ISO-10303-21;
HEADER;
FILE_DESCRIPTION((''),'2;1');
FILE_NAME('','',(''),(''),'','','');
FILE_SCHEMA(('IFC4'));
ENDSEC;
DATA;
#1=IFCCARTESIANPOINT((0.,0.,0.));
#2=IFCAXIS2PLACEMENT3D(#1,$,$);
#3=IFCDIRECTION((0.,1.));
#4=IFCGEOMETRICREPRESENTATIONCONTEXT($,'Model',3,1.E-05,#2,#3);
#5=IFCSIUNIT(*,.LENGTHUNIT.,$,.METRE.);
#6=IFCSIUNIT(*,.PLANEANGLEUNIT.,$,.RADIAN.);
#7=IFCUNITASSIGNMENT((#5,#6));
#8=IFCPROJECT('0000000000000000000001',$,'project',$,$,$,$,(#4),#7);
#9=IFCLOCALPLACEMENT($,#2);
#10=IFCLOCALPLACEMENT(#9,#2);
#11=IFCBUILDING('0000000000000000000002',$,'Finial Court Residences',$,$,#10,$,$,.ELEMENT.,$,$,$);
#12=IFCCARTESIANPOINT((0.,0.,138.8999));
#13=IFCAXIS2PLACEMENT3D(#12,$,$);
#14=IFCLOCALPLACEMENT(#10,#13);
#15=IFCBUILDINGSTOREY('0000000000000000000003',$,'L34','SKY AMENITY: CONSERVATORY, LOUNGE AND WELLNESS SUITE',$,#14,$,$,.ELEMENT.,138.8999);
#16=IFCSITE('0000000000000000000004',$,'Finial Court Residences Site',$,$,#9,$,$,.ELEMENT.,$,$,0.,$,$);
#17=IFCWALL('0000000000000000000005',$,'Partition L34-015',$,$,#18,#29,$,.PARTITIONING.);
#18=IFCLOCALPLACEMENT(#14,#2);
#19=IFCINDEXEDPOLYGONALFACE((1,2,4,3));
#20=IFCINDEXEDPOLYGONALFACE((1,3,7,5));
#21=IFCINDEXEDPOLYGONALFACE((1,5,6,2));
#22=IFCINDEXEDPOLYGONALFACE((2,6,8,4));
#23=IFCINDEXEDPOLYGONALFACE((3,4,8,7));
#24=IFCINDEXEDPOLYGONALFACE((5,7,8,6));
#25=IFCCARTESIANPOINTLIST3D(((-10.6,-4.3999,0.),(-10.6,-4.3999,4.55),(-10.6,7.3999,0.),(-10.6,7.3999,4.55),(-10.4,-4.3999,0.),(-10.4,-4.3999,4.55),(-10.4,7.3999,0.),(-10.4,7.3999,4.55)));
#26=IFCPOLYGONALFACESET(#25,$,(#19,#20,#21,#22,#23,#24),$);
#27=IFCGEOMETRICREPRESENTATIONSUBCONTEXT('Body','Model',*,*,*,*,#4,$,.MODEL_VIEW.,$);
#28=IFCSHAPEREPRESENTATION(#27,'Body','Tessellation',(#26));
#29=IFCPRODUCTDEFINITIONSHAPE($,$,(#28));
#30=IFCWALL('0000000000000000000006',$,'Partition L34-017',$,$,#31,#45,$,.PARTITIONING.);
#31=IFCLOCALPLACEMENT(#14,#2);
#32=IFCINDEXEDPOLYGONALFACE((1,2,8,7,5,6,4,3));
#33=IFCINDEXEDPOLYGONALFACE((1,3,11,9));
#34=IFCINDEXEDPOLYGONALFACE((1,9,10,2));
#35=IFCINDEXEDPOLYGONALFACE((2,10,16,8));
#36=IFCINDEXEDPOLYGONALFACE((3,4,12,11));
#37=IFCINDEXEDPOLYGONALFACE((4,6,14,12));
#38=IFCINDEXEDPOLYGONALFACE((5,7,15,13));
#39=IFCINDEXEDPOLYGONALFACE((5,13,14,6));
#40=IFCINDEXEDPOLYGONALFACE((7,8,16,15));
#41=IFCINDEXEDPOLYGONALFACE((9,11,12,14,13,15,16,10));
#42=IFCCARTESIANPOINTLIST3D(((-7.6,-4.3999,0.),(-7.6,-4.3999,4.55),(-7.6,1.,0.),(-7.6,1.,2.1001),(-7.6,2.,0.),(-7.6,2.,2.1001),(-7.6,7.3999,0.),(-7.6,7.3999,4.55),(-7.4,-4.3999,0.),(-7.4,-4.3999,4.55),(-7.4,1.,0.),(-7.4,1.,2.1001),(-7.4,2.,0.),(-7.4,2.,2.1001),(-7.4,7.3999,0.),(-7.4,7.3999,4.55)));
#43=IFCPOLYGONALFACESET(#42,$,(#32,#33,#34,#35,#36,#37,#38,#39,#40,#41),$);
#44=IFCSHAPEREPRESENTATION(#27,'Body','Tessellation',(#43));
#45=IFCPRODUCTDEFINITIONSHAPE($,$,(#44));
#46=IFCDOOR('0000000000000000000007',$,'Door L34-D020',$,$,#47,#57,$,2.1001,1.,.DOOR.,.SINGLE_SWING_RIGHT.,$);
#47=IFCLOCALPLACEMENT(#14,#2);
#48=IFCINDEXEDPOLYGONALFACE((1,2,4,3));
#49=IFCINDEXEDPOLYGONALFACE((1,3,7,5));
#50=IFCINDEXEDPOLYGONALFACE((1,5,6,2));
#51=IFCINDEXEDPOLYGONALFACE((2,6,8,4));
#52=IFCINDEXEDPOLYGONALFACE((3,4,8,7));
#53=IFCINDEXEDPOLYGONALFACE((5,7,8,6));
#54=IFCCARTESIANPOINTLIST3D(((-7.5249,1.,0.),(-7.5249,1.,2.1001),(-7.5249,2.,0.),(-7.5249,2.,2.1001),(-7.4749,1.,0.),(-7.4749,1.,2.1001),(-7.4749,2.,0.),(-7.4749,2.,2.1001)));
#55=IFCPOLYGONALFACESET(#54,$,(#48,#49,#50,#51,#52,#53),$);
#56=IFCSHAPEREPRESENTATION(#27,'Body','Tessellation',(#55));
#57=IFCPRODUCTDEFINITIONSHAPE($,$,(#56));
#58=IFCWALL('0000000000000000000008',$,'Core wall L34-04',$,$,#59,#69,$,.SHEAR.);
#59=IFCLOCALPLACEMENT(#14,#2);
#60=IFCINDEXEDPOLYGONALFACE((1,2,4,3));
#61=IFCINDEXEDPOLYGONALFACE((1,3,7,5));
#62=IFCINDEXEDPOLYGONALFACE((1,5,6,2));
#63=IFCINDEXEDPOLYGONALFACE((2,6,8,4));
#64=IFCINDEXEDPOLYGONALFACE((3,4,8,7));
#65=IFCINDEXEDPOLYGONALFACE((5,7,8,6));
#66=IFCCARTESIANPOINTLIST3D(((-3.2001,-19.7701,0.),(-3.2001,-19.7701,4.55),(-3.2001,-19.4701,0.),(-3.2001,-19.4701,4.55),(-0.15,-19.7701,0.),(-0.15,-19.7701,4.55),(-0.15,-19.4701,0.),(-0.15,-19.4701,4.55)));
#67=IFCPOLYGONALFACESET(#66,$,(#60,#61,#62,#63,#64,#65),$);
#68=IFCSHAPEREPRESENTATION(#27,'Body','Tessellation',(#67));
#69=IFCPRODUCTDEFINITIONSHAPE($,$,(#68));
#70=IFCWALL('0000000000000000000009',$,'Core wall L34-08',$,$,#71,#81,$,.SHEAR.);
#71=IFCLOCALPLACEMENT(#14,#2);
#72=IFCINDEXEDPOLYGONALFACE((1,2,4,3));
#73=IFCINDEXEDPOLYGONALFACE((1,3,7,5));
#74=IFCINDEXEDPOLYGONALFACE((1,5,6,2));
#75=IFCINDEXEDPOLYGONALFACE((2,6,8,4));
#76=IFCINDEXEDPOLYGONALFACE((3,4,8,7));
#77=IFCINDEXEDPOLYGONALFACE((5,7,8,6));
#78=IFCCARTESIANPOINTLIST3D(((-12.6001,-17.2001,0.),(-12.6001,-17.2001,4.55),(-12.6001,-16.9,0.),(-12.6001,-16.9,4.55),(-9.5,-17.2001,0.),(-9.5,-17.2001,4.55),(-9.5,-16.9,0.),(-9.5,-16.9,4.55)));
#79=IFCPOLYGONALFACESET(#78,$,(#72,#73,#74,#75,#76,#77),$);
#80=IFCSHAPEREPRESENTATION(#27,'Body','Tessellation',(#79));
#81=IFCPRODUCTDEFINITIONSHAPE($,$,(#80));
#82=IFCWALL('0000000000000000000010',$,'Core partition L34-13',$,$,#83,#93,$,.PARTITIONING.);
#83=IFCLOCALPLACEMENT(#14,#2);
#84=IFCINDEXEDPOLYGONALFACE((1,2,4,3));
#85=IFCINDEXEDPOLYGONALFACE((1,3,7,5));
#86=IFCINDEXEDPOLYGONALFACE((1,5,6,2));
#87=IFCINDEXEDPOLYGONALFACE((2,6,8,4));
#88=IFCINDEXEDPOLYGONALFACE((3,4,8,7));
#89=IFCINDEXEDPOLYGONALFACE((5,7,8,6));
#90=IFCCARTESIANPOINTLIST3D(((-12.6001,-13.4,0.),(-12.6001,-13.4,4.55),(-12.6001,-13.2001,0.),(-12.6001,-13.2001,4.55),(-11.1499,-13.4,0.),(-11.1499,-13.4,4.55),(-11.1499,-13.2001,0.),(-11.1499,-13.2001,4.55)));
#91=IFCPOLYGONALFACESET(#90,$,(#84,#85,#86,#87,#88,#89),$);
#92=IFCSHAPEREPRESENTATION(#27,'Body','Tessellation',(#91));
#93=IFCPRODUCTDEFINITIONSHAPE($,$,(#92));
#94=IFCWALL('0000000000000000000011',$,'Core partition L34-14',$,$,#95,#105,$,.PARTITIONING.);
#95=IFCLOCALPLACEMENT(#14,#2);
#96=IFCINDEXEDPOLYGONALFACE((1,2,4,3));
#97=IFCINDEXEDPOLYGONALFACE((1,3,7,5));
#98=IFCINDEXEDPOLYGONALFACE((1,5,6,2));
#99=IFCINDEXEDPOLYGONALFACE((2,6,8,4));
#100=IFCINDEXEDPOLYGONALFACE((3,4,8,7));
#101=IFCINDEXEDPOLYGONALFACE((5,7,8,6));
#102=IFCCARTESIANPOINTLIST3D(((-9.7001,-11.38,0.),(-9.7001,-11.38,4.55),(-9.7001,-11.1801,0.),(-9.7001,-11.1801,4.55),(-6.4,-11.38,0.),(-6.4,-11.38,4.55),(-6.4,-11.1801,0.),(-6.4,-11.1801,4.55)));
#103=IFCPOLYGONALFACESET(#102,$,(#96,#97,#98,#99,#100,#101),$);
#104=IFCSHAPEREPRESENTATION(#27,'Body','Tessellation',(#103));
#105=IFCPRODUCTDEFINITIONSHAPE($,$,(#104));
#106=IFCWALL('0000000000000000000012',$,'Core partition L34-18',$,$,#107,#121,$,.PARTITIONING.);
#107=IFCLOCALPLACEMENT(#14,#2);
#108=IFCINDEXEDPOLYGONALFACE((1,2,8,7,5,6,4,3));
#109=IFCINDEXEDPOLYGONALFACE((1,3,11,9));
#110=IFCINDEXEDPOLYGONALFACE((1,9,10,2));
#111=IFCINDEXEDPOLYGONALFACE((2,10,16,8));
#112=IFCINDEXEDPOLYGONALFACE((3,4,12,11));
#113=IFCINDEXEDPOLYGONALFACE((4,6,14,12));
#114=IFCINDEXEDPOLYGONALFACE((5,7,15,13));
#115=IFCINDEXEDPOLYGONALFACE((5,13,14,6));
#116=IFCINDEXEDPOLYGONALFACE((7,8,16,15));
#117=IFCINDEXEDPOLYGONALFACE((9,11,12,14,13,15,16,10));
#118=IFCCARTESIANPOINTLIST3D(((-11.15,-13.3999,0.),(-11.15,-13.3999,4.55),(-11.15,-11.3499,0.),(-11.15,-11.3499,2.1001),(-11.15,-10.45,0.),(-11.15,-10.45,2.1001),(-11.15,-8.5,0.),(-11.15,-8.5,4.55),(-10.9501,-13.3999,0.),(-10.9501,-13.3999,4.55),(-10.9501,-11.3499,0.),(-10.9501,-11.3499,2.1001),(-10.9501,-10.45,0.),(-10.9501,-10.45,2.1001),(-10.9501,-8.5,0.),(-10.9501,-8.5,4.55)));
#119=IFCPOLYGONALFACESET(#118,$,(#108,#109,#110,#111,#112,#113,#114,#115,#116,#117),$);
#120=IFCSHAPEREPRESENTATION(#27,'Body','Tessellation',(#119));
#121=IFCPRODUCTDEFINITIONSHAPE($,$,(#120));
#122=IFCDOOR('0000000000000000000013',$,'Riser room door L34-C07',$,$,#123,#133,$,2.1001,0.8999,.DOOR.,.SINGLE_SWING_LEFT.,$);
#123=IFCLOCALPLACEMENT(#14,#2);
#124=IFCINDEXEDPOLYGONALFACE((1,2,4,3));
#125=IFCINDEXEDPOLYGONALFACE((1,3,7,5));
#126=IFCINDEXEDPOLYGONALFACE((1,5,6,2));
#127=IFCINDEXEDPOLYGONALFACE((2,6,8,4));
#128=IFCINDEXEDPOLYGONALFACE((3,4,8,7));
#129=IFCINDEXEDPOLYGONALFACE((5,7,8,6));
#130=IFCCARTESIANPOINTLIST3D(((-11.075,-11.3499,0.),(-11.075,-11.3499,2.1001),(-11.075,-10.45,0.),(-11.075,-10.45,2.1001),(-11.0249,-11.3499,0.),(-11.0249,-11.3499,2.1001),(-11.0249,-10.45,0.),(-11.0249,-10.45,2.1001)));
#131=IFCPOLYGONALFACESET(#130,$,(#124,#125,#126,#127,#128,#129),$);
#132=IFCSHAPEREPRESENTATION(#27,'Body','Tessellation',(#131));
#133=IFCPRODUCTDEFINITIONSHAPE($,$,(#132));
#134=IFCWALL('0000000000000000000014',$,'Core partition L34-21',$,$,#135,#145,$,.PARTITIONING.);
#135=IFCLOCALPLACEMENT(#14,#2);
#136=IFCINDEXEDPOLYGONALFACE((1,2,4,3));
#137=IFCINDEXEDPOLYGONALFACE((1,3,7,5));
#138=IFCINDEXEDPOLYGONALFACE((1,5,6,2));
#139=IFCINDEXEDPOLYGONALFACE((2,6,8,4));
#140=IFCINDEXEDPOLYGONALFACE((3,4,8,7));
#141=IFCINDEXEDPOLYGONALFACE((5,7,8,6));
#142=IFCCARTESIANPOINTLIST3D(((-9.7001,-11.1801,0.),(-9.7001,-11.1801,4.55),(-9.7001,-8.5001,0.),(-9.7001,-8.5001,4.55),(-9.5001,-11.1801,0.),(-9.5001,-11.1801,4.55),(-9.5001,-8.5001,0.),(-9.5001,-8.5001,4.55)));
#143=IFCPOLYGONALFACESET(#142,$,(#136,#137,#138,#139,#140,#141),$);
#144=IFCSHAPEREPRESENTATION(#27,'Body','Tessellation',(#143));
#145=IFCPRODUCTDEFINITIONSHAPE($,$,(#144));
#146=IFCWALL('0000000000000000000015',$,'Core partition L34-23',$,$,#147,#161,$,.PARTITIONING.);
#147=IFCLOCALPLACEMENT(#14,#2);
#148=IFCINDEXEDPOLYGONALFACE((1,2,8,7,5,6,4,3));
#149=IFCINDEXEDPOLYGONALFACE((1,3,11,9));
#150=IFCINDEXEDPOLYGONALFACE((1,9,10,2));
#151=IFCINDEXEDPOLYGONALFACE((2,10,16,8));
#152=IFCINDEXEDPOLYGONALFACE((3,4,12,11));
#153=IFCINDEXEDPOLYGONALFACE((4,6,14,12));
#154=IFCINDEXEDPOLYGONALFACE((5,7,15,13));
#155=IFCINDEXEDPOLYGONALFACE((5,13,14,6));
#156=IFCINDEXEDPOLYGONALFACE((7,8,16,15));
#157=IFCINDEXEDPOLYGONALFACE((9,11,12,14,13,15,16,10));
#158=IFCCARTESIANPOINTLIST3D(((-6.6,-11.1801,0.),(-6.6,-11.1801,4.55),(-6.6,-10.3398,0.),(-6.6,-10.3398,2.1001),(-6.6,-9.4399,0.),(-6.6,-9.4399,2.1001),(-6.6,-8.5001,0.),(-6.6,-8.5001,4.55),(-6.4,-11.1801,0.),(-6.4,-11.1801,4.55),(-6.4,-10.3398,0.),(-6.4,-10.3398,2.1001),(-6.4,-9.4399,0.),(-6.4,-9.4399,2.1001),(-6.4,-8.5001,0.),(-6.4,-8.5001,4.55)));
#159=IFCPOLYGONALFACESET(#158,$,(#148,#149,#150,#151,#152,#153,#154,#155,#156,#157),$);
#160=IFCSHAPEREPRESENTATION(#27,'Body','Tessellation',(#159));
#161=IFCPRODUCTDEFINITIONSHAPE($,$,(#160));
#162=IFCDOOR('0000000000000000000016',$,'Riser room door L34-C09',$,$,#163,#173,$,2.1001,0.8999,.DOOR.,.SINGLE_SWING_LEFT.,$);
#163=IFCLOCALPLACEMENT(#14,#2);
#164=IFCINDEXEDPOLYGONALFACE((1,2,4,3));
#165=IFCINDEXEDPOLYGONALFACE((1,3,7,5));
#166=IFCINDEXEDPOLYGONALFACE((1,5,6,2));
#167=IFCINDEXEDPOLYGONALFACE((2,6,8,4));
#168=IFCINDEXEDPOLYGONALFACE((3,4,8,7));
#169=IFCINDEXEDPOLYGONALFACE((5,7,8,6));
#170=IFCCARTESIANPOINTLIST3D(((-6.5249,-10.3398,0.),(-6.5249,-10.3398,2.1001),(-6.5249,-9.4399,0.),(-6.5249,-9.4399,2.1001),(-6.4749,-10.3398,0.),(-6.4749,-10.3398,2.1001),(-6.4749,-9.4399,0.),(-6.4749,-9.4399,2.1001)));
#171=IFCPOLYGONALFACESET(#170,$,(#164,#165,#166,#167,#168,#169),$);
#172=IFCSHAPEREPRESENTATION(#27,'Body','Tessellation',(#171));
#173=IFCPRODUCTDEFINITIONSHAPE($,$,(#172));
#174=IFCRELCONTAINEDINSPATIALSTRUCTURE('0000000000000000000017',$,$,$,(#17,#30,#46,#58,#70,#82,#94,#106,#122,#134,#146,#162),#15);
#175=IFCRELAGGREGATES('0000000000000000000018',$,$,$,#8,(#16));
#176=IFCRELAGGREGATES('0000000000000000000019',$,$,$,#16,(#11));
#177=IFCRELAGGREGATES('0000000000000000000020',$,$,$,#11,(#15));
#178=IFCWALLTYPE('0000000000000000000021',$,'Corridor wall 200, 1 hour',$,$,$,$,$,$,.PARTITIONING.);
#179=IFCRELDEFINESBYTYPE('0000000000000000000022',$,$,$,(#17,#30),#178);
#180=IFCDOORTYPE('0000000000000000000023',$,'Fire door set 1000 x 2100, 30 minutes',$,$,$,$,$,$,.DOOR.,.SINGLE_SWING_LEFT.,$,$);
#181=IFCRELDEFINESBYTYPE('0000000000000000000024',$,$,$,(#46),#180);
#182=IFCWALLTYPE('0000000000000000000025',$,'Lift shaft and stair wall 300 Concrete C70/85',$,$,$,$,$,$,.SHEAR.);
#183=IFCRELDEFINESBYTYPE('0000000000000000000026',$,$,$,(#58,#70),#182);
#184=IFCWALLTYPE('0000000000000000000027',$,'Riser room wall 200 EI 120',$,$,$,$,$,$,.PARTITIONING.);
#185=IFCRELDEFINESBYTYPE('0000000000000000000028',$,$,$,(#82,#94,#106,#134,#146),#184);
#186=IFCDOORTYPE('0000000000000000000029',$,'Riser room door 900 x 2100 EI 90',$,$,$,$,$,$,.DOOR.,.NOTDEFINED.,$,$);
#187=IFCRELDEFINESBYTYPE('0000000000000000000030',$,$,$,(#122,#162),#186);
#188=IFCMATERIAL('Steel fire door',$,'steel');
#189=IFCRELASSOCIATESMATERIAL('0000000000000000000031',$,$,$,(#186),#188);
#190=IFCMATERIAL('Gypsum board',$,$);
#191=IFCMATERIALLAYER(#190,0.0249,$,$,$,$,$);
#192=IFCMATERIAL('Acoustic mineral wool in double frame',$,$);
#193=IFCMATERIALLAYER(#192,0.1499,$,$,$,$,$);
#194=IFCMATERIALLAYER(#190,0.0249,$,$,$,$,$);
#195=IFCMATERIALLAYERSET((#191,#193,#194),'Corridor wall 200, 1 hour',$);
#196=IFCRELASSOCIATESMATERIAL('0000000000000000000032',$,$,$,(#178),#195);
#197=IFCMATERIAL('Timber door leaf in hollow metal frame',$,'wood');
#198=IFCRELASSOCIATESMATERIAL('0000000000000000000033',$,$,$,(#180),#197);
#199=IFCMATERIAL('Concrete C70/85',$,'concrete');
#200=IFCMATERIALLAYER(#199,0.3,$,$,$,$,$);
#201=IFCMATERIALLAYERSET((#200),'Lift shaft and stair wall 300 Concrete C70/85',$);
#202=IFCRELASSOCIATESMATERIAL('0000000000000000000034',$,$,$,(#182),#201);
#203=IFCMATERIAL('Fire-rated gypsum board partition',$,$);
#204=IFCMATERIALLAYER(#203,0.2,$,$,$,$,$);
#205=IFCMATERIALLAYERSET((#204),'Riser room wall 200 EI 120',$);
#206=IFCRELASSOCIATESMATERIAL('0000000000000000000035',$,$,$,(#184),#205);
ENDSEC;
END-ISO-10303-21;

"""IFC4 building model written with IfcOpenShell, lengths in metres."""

from ifc_helpers import new_model, si_unit, direction, frame, frame_2d, origin, place, context, subcontext, project, spatial, rectangle, extrude, material, layer, layer_set, type_object, element, fill, save


model = new_model("IFC4")

# Units and contexts
model_context = context("Model", 3, precision=1e-05, world=origin(), true_north=direction((0.0, 1.0)))
body_context = subcontext(model_context, "Body", "Model", "MODEL_VIEW")
ifc_project = project(units=[si_unit("LENGTHUNIT", "METRE"), si_unit("PLANEANGLEUNIT", "RADIAN")], contexts=[model_context])

# Site, building, storey
site_placement = place(None, origin())
site = spatial("IfcSite", under=ifc_project, at=site_placement, Name="Finial Court Residences Site", CompositionType="ELEMENT", RefElevation=0.0)
building_placement = place(site_placement, origin())
building = spatial("IfcBuilding", under=site, at=building_placement, Name="Finial Court Residences", CompositionType="ELEMENT")
storey_placement = place(building_placement, frame((0.0, 0.0, 138.8999)))
storey = spatial("IfcBuildingStorey", under=building, at=storey_placement, Name="L34", Description="SKY AMENITY: CONSERVATORY, LOUNGE AND WELLNESS SUITE", CompositionType="ELEMENT", Elevation=138.8999)

# Shared definitions
ifc_material_1 = material(Name="Concrete C70/85", Category="concrete")

# Shared definitions
ifc_material_2 = material(Name="Steel fire door", Category="steel")
door_type_1 = type_object("IfcDoorType", Name="Riser room door 900 x 2100 EI 90", OperationType="NOTDEFINED", PredefinedType="DOOR", material=ifc_material_2)

# Shared definitions
ifc_material_3 = material(Name="Fire-rated gypsum board partition")

# Shared definitions
ifc_material_4 = material(Name="Gypsum board")
ifc_layer_1 = layer(ifc_material_4, 0.0249)
ifc_material_5 = material(Name="Acoustic mineral wool in double frame")
ifc_layer_2 = layer(ifc_material_5, 0.1499)
ifc_layer_3 = layer(ifc_material_4, 0.0249)
ifc_layer_set_1 = layer_set([ifc_layer_1, ifc_layer_2, ifc_layer_3], Name="Corridor wall 200, 1 hour")
wall_type_1 = type_object("IfcWallType", Name="Corridor wall 200, 1 hour", PredefinedType="PARTITIONING", material=ifc_layer_set_1)
ifc_material_6 = material(Name="Timber door leaf in hollow metal frame", Category="wood")

# Wall
wall_1_placement = place(storey_placement, frame((-10.5, -4.3999, 0.0), z_axis=(0.0, 0.0, 1.0), x_axis=(0.0, 1.0, 0.0)))
element("IfcWall", 1, at=wall_1_placement, inside=storey, type_object=wall_type_1, Name="Partition L34-015", PredefinedType="PARTITIONING", context=body_context, shape_type="SweptSolid", body=[
    extrude(rectangle(XDim=11.7998, YDim=0.2, at=frame_2d((5.8999, 0.0))), origin(), (0.0, 0.0, 1.0), 4.55),
])

# Wall, opening, door
wall_2_placement = place(storey_placement, frame((-7.5, -4.3999, 0.0), z_axis=(0.0, 0.0, 1.0), x_axis=(0.0, 1.0, 0.0)))
wall_2 = element("IfcWall", 2, at=wall_2_placement, inside=storey, type_object=wall_type_1, Name="Partition L34-017", PredefinedType="PARTITIONING", context=body_context, shape_type="SweptSolid", body=[
    extrude(rectangle(XDim=11.7998, YDim=0.2, at=frame_2d((5.8999, 0.0))), origin(), (0.0, 0.0, 1.0), 4.55),
])
opening_1_placement = place(wall_2_placement, frame((5.3999, 0.0, 0.0)))
opening_1 = element("IfcOpeningElement", 3, at=opening_1_placement, cuts=wall_2, PredefinedType="OPENING", context=body_context, shape_type="SweptSolid", body=[
    extrude(rectangle(XDim=1.0, YDim=2.1001, at=frame_2d((0.5, 1.05))), frame((0.0, 0.1099, 0.0), z_axis=(0.0, -1.0, 0.0), x_axis=(1.0, 0.0, 0.0)), (0.0, 0.0, 1.0), 0.22),
])
door_type_2 = type_object("IfcDoorType", Name="Fire door set 1000 x 2100, 30 minutes", OperationType="SINGLE_SWING_LEFT", PredefinedType="DOOR", material=ifc_material_6)
door_1_placement = place(opening_1_placement, origin())
door_1 = element("IfcDoor", 4, at=door_1_placement, inside=storey, type_object=door_type_2, Name="Door L34-D020", OperationType="SINGLE_SWING_RIGHT", OverallHeight=2.1001, OverallWidth=1.0, PredefinedType="DOOR", context=body_context, shape_type="SweptSolid", body=[
    extrude(rectangle(XDim=1.0, YDim=2.1001, at=frame_2d((0.5, 1.05))), frame((0.0, 0.0249, 0.0), z_axis=(0.0, -1.0, 0.0), x_axis=(1.0, 0.0, 0.0)), (0.0, 0.0, 1.0), 0.05),
])
fill(opening_1, door_1)

# Walls
ifc_layer_4 = layer(ifc_material_1, 0.3)
ifc_layer_set_2 = layer_set([ifc_layer_4], Name="Lift shaft and stair wall 300 Concrete C70/85")
wall_type_2 = type_object("IfcWallType", Name="Lift shaft and stair wall 300 Concrete C70/85", PredefinedType="SHEAR", material=ifc_layer_set_2)
wall_3_placement = place(storey_placement, frame((-3.2, -19.6201, 0.0), z_axis=(0.0, 0.0, 1.0), x_axis=(1.0, 0.0, 0.0)))
element("IfcWall", 5, at=wall_3_placement, inside=storey, type_object=wall_type_2, Name="Core wall L34-04", PredefinedType="SHEAR", context=body_context, shape_type="SweptSolid", body=[
    extrude(rectangle(XDim=3.05, YDim=0.3, at=frame_2d((1.5249, 0.0))), origin(), (0.0, 0.0, 1.0), 4.55),
])
wall_4_placement = place(storey_placement, frame((-12.6001, -17.05, 0.0), z_axis=(0.0, 0.0, 1.0), x_axis=(1.0, 0.0, 0.0)))
element("IfcWall", 6, at=wall_4_placement, inside=storey, type_object=wall_type_2, Name="Core wall L34-08", PredefinedType="SHEAR", context=body_context, shape_type="SweptSolid", body=[
    extrude(rectangle(XDim=3.1001, YDim=0.3, at=frame_2d((1.55, 0.0))), origin(), (0.0, 0.0, 1.0), 4.55),
])
ifc_layer_5 = layer(ifc_material_3, 0.2)
ifc_layer_set_3 = layer_set([ifc_layer_5], Name="Riser room wall 200 EI 120")
wall_type_3 = type_object("IfcWallType", Name="Riser room wall 200 EI 120", PredefinedType="PARTITIONING", material=ifc_layer_set_3)
wall_5_placement = place(storey_placement, frame((-12.6001, -13.3, 0.0), z_axis=(0.0, 0.0, 1.0), x_axis=(1.0, 0.0, 0.0)))
element("IfcWall", 7, at=wall_5_placement, inside=storey, type_object=wall_type_3, Name="Core partition L34-13", PredefinedType="PARTITIONING", context=body_context, shape_type="SweptSolid", body=[
    extrude(rectangle(XDim=1.4502, YDim=0.2, at=frame_2d((0.7251, 0.0))), origin(), (0.0, 0.0, 1.0), 4.55),
])
wall_6_placement = place(storey_placement, frame((-9.7, -11.28, 0.0), z_axis=(0.0, 0.0, 1.0), x_axis=(1.0, 0.0, 0.0)))
element("IfcWall", 8, at=wall_6_placement, inside=storey, type_object=wall_type_3, Name="Core partition L34-14", PredefinedType="PARTITIONING", context=body_context, shape_type="SweptSolid", body=[
    extrude(rectangle(XDim=3.3, YDim=0.2, at=frame_2d((1.6499, 0.0))), origin(), (0.0, 0.0, 1.0), 4.55),
])

# Wall, opening, door
wall_7_placement = place(storey_placement, frame((-11.05, -13.3999, 0.0), z_axis=(0.0, 0.0, 1.0), x_axis=(0.0, 1.0, 0.0)))
wall_7 = element("IfcWall", 9, at=wall_7_placement, inside=storey, type_object=wall_type_3, Name="Core partition L34-18", PredefinedType="PARTITIONING", context=body_context, shape_type="SweptSolid", body=[
    extrude(rectangle(XDim=4.8999, YDim=0.2, at=frame_2d((2.45, 0.0))), origin(), (0.0, 0.0, 1.0), 4.55),
])
opening_2_placement = place(wall_7_placement, frame((2.05, 0.0, 0.0)))
opening_2 = element("IfcOpeningElement", 10, at=opening_2_placement, cuts=wall_7, PredefinedType="OPENING", context=body_context, shape_type="SweptSolid", body=[
    extrude(rectangle(XDim=0.8999, YDim=2.1001, at=frame_2d((0.45, 1.05))), frame((0.0, 0.1099, 0.0), z_axis=(0.0, -1.0, 0.0), x_axis=(1.0, 0.0, 0.0)), (0.0, 0.0, 1.0), 0.22),
])
door_2_placement = place(opening_2_placement, origin())
door_2 = element("IfcDoor", 11, at=door_2_placement, inside=storey, type_object=door_type_1, Name="Riser room door L34-C07", OperationType="SINGLE_SWING_LEFT", OverallHeight=2.1001, OverallWidth=0.8999, PredefinedType="DOOR", context=body_context, shape_type="SweptSolid", body=[
    extrude(rectangle(XDim=0.8999, YDim=2.1001, at=frame_2d((0.45, 1.05))), frame((0.0, 0.0249, 0.0), z_axis=(0.0, -1.0, 0.0), x_axis=(1.0, 0.0, 0.0)), (0.0, 0.0, 1.0), 0.05),
])
fill(opening_2, door_2)

# Wall
wall_8_placement = place(storey_placement, frame((-9.6001, -11.1799, 0.0), z_axis=(0.0, 0.0, 1.0), x_axis=(0.0, 1.0, 0.0)))
element("IfcWall", 12, at=wall_8_placement, inside=storey, type_object=wall_type_3, Name="Core partition L34-21", PredefinedType="PARTITIONING", context=body_context, shape_type="SweptSolid", body=[
    extrude(rectangle(XDim=2.6799, YDim=0.2, at=frame_2d((1.3398, 0.0))), origin(), (0.0, 0.0, 1.0), 4.55),
])

# Wall, opening, door
wall_9_placement = place(storey_placement, frame((-6.5, -11.1799, 0.0), z_axis=(0.0, 0.0, 1.0), x_axis=(0.0, 1.0, 0.0)))
wall_9 = element("IfcWall", 13, at=wall_9_placement, inside=storey, type_object=wall_type_3, Name="Core partition L34-23", PredefinedType="PARTITIONING", context=body_context, shape_type="SweptSolid", body=[
    extrude(rectangle(XDim=2.6799, YDim=0.2, at=frame_2d((1.3398, 0.0))), origin(), (0.0, 0.0, 1.0), 4.55),
])
opening_3_placement = place(wall_9_placement, frame((0.8401, 0.0, 0.0)))
opening_3 = element("IfcOpeningElement", 14, at=opening_3_placement, cuts=wall_9, PredefinedType="OPENING", context=body_context, shape_type="SweptSolid", body=[
    extrude(rectangle(XDim=0.8999, YDim=2.1001, at=frame_2d((0.45, 1.05))), frame((0.0, 0.1099, 0.0), z_axis=(0.0, -1.0, 0.0), x_axis=(1.0, 0.0, 0.0)), (0.0, 0.0, 1.0), 0.22),
])
door_3_placement = place(opening_3_placement, origin())
door_3 = element("IfcDoor", 15, at=door_3_placement, inside=storey, type_object=door_type_1, Name="Riser room door L34-C09", OperationType="SINGLE_SWING_LEFT", OverallHeight=2.1001, OverallWidth=0.8999, PredefinedType="DOOR", context=body_context, shape_type="SweptSolid", body=[
    extrude(rectangle(XDim=0.8999, YDim=2.1001, at=frame_2d((0.45, 1.05))), frame((0.0, 0.0249, 0.0), z_axis=(0.0, -1.0, 0.0), x_axis=(1.0, 0.0, 0.0)), (0.0, 0.0, 1.0), 0.05),
])
fill(opening_3, door_3)

save(model, "model.ifc")
